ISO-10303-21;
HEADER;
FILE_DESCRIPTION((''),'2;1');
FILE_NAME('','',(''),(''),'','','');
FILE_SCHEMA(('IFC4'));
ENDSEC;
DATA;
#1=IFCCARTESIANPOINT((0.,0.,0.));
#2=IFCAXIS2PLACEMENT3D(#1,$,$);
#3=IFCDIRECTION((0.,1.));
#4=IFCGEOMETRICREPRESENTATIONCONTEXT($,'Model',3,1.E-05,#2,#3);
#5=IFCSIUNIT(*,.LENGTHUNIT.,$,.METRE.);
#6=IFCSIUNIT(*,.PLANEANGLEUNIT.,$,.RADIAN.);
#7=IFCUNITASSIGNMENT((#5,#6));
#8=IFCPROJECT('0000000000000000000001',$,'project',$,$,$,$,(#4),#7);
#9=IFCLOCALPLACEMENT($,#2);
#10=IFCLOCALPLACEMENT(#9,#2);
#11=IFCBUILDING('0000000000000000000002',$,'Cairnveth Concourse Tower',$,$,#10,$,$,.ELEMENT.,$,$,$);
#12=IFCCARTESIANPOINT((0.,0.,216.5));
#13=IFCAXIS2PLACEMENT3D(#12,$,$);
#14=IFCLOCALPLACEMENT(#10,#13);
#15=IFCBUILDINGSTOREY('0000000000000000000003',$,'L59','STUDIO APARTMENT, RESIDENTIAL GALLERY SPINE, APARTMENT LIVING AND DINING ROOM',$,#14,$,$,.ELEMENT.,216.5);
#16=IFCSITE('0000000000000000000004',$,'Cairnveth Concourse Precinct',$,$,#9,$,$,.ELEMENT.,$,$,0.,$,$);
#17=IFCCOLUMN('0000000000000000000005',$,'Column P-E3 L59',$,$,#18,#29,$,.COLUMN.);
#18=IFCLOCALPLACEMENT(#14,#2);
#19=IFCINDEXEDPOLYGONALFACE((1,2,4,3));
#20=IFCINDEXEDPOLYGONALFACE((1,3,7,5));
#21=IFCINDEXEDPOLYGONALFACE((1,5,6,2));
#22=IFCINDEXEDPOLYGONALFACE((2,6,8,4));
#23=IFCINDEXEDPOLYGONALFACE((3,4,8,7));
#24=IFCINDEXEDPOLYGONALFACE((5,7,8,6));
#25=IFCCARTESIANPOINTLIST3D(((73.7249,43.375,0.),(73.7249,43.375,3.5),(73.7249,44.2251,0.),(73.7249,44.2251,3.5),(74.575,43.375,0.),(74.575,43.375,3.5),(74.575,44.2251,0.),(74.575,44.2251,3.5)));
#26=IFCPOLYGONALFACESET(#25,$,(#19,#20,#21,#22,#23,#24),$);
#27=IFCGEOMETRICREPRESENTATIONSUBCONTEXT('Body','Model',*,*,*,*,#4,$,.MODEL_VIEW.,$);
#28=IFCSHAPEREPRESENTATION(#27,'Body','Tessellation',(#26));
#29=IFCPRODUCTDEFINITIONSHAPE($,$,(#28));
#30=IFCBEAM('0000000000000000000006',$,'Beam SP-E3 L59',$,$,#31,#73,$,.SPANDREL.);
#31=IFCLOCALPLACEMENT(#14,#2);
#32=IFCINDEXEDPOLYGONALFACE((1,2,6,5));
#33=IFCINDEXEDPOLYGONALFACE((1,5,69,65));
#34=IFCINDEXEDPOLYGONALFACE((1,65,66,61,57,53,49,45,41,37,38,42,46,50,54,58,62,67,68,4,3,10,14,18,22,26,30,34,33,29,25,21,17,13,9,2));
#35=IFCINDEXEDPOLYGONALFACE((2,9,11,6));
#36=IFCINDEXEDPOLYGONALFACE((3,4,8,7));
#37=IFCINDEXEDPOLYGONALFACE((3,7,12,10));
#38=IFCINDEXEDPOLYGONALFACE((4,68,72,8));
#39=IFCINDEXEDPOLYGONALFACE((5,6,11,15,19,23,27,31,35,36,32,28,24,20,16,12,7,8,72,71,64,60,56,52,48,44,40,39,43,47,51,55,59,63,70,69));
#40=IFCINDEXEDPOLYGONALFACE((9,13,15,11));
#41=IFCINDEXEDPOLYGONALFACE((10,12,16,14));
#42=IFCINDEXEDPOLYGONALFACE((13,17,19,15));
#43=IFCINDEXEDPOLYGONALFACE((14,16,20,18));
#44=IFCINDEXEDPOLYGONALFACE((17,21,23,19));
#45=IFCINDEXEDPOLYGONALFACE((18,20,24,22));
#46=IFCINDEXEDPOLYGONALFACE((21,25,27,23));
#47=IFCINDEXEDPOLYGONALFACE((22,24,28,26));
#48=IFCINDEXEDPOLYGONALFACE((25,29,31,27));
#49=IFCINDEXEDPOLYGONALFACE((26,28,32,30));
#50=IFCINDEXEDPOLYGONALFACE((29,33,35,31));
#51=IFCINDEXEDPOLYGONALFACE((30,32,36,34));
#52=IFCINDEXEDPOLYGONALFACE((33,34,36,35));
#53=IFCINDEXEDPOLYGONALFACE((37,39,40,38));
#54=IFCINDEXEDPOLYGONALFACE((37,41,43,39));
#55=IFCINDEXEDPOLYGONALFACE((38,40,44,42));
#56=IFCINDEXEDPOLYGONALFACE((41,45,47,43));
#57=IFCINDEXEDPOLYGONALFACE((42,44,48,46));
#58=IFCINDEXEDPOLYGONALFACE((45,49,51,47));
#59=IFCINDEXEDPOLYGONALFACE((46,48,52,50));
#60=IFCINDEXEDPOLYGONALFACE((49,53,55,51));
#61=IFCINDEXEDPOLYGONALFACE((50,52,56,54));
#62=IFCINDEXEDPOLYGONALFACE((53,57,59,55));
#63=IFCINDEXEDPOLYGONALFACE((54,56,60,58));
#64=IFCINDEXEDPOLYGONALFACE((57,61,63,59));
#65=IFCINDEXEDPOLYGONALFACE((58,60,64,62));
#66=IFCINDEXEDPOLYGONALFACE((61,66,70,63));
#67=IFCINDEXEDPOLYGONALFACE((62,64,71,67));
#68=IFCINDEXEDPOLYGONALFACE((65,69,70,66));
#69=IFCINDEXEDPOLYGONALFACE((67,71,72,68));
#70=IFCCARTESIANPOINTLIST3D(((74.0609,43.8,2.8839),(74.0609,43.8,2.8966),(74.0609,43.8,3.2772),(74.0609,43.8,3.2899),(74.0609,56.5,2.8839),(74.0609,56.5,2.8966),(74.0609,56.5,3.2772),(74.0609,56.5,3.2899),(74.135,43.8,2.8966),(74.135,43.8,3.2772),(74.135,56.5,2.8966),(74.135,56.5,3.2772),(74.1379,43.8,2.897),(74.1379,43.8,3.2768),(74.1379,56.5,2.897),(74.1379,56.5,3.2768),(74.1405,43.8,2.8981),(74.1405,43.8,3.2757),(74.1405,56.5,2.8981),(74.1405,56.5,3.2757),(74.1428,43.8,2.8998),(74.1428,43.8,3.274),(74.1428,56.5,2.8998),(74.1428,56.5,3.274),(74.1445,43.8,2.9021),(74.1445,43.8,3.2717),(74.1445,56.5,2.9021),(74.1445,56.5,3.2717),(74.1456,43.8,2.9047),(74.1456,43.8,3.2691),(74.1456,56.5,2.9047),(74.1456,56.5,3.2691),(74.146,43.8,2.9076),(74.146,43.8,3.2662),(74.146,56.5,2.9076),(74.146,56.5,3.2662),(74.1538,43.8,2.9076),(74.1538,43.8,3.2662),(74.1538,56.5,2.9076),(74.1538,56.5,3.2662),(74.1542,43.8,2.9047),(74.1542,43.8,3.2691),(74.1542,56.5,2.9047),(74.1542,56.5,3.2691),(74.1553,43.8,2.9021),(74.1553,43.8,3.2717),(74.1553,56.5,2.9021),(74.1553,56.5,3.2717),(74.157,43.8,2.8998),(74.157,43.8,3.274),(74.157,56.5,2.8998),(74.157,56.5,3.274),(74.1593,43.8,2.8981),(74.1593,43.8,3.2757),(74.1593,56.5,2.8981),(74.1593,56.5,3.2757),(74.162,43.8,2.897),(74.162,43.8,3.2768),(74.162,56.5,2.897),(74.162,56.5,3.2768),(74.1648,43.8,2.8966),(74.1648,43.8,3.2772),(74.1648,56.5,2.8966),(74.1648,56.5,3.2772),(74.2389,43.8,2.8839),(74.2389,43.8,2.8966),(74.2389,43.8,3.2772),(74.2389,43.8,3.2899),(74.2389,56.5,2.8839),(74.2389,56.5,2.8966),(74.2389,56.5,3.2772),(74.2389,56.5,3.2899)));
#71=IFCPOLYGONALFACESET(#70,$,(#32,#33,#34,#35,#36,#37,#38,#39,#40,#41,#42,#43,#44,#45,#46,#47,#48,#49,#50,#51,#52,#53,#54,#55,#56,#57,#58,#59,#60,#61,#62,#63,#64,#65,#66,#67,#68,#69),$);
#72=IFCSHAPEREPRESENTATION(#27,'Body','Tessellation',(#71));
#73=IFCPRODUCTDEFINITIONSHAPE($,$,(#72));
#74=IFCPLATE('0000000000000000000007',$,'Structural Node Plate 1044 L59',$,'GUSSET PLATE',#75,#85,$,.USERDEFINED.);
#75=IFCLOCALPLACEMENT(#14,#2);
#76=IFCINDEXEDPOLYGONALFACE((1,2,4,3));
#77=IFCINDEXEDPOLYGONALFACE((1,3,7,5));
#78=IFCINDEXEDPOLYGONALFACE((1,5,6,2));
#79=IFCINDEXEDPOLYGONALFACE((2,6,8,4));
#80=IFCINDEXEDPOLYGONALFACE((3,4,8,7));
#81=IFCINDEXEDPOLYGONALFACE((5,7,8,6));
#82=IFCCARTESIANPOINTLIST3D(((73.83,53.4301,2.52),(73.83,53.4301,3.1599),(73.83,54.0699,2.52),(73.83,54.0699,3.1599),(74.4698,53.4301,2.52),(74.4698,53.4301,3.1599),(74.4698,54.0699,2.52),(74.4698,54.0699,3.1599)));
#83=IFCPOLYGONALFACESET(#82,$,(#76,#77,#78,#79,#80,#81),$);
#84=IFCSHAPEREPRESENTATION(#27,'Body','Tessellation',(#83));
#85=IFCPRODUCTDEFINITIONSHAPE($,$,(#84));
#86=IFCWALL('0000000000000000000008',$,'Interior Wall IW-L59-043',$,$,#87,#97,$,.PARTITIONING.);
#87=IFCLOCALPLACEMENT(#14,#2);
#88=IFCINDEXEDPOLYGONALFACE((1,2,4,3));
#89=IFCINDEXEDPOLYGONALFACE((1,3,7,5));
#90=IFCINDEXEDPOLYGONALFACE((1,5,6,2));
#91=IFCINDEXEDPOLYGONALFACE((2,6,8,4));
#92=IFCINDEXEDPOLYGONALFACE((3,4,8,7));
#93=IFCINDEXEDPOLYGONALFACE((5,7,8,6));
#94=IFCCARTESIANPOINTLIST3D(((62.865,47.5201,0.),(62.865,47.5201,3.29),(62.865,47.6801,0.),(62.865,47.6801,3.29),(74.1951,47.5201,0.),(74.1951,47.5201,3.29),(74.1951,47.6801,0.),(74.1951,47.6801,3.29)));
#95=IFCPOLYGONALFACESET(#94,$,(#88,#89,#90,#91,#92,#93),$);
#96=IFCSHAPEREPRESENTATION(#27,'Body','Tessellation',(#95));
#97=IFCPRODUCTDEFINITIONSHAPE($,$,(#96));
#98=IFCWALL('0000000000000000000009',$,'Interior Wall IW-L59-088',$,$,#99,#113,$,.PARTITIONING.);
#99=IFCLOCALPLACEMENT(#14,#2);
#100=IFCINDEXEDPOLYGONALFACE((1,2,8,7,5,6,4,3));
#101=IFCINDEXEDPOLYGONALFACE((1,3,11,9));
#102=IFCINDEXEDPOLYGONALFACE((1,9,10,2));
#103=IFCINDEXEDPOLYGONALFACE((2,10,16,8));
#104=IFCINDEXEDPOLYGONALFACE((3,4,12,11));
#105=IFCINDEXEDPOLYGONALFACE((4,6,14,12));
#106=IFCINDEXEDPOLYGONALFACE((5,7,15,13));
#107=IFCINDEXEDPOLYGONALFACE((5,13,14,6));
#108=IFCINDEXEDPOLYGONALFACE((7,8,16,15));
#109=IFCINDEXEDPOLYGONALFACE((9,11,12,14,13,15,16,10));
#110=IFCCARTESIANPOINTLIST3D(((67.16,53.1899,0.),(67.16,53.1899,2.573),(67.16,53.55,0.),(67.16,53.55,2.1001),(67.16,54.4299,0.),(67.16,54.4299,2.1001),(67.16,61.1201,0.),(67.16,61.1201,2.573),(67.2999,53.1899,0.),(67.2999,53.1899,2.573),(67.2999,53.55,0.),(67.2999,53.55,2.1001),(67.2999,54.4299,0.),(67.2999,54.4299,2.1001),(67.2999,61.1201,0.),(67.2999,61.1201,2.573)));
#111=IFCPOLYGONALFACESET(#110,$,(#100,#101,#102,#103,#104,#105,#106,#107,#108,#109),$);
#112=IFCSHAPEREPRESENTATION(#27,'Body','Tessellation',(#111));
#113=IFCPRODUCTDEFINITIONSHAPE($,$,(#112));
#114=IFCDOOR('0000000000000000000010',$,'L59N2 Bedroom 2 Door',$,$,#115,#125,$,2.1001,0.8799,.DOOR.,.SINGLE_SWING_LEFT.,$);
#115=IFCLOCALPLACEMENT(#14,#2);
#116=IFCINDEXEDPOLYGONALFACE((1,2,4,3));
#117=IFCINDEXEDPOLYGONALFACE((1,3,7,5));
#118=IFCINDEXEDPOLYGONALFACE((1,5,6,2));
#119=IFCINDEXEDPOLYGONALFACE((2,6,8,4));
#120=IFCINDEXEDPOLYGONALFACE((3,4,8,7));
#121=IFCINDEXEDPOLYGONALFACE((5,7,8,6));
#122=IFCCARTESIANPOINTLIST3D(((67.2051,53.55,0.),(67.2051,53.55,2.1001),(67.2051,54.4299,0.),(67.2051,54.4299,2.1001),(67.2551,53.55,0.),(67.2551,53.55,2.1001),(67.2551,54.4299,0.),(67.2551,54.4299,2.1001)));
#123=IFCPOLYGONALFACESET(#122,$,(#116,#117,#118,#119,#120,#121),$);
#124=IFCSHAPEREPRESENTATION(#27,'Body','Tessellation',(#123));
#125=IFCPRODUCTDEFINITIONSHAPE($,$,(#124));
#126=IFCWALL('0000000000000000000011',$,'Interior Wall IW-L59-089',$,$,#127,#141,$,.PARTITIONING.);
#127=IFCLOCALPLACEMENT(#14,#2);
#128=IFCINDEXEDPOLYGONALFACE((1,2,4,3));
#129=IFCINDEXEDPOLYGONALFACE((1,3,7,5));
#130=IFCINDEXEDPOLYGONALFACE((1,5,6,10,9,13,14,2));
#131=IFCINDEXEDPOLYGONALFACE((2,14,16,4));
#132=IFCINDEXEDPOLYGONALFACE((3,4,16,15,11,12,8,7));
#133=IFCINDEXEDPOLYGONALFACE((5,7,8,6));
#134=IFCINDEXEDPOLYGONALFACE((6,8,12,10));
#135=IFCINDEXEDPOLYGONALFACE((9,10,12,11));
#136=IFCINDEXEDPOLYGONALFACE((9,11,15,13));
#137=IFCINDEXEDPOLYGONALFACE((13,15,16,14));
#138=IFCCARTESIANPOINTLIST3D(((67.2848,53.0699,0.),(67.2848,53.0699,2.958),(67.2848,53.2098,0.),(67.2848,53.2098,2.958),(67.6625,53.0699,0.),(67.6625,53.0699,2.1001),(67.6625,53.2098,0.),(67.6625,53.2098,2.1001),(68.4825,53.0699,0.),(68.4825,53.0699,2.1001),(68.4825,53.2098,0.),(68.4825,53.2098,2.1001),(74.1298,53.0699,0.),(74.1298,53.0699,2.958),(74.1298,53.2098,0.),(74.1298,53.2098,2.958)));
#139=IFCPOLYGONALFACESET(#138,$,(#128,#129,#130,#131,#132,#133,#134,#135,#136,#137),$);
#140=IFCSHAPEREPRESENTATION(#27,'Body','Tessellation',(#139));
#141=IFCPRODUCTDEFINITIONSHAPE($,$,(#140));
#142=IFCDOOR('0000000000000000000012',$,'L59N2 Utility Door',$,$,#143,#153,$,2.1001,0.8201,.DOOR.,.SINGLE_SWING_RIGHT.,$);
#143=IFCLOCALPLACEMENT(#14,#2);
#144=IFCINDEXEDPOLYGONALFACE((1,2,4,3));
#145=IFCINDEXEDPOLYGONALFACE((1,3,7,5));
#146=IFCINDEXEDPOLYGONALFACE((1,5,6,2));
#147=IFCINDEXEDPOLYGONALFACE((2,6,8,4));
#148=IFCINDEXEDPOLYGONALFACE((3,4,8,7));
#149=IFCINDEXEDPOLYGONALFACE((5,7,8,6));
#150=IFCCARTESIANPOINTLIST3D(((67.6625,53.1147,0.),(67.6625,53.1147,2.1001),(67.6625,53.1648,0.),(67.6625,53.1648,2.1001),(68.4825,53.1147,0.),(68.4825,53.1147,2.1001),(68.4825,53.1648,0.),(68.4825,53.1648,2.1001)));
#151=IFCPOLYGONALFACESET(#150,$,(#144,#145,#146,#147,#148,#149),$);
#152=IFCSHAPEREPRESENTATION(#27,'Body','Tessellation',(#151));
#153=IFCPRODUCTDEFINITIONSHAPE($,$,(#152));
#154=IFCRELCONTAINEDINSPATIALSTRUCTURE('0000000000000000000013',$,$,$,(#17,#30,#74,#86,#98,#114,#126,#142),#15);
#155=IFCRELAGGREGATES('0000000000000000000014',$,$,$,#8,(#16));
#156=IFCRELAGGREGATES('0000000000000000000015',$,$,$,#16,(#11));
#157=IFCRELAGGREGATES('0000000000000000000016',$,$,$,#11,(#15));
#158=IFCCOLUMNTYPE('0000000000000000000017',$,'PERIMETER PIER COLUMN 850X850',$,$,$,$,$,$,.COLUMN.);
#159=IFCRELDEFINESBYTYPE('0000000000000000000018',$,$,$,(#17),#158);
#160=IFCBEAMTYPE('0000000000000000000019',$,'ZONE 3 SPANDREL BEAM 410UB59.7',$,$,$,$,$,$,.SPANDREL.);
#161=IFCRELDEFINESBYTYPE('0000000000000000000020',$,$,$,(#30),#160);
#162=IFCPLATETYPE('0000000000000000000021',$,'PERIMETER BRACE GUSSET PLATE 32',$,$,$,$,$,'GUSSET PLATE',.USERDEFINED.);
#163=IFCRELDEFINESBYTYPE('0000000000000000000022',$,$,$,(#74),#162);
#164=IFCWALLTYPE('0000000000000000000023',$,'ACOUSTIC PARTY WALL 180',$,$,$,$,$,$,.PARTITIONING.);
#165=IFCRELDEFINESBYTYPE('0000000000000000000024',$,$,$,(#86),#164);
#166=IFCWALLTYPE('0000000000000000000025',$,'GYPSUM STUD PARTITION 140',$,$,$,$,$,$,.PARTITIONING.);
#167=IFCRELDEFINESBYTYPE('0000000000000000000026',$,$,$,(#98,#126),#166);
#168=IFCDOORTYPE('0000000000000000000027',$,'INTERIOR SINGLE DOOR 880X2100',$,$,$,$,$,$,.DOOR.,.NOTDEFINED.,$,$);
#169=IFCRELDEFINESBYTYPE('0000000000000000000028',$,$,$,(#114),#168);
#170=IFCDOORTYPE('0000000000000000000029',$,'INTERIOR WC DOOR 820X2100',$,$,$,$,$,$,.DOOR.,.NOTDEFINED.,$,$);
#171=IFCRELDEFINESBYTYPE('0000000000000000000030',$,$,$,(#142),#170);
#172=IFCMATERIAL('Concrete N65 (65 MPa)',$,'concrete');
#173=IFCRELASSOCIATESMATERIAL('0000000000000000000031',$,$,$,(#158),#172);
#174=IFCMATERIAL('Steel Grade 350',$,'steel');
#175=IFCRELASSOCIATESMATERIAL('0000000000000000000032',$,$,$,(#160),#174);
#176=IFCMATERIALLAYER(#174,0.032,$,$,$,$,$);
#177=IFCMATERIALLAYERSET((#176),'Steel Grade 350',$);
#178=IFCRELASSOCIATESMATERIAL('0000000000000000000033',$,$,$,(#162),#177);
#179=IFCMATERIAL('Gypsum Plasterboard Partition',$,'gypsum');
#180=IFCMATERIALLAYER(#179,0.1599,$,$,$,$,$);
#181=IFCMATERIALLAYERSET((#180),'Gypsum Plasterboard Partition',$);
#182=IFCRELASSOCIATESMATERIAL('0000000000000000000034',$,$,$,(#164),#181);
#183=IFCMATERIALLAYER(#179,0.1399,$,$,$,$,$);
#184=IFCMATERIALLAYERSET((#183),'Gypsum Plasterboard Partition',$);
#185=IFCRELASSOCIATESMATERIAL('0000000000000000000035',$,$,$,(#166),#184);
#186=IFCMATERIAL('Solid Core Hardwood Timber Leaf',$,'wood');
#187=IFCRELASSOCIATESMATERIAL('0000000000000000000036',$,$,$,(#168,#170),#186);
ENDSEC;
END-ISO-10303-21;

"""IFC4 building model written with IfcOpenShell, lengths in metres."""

from ifc_helpers import new_model, si_unit, direction, frame, frame_2d, origin, origin_2d, place, context, subcontext, project, spatial, rectangle, i_section, extrude, material, layer, layer_set, material_profile, profile_set, type_object, element, fill, save


model = new_model("IFC4")

# Units and contexts
model_context = context("Model", 3, precision=1e-05, world=origin(), true_north=direction((0.0, 1.0)))
body_context = subcontext(model_context, "Body", "Model", "MODEL_VIEW")
ifc_project = project(units=[si_unit("LENGTHUNIT", "METRE"), si_unit("PLANEANGLEUNIT", "RADIAN")], contexts=[model_context])

# Site, building, storey
site_placement = place(None, origin())
site = spatial("IfcSite", under=ifc_project, at=site_placement, Name="Cairnveth Concourse Precinct", CompositionType="ELEMENT", RefElevation=0.0)
building_placement = place(site_placement, origin())
building = spatial("IfcBuilding", under=site, at=building_placement, Name="Cairnveth Concourse Tower", CompositionType="ELEMENT")
storey_placement = place(building_placement, frame((0.0, 0.0, 216.5)))
storey = spatial("IfcBuildingStorey", under=building, at=storey_placement, Name="L59", Description="STUDIO APARTMENT, RESIDENTIAL GALLERY SPINE, APARTMENT LIVING AND DINING ROOM", CompositionType="ELEMENT", Elevation=216.5)

# Column
ifc_material_1 = material(Name="Concrete N65 (65 MPa)", Category="concrete")
ifc_material_profile_1 = material_profile(ifc_material_1, rectangle(XDim=0.8501, YDim=0.8501, at=origin_2d()), Name="RC-COL-850x850")
ifc_profile_set_1 = profile_set([ifc_material_profile_1], Name="Concrete N65 (65 MPa)")
column_type = type_object("IfcColumnType", Name="PERIMETER PIER COLUMN 850X850", PredefinedType="COLUMN", material=ifc_profile_set_1)
column_placement = place(storey_placement, frame((74.1499, 43.8, 0.0), z_axis=(0.0, 0.0, 1.0), x_axis=(0.0, 1.0, 0.0)))
element("IfcColumn", 1, at=column_placement, inside=storey, type_object=column_type, Name="Column P-E3 L59", PredefinedType="COLUMN", context=body_context, shape_type="SweptSolid", body=[
    extrude(rectangle(XDim=0.8501, YDim=0.8501, at=origin_2d()), origin(), (0.0, 0.0, 1.0), 3.5),
])

# Beam
ifc_material_2 = material(Name="Steel Grade 350", Category="steel")
ifc_material_profile_2 = material_profile(ifc_material_2, i_section(OverallWidth=0.178, OverallDepth=0.406, WebThickness=0.0078, FlangeThickness=0.0127, FilletRadius=0.011, at=origin_2d()), Name="410UB59.7")
ifc_profile_set_2 = profile_set([ifc_material_profile_2], Name="Steel Grade 350")
beam_type = type_object("IfcBeamType", Name="ZONE 3 SPANDREL BEAM 410UB59.7", PredefinedType="SPANDREL", material=ifc_profile_set_2)
beam_placement = place(storey_placement, frame((74.1499, 43.8, 3.0869), z_axis=(0.0, 1.0, 0.0), x_axis=(-1.0, 0.0, 0.0)))
element("IfcBeam", 2, at=beam_placement, inside=storey, type_object=beam_type, Name="Beam SP-E3 L59", PredefinedType="SPANDREL", context=body_context, shape_type="SweptSolid", body=[
    extrude(i_section(OverallWidth=0.178, OverallDepth=0.406, WebThickness=0.0078, FlangeThickness=0.0127, FilletRadius=0.011, at=origin_2d()), origin(), (0.0, 0.0, 1.0), 12.7),
])

# Plate
ifc_layer_1 = layer(ifc_material_2, 0.032)
ifc_layer_set_1 = layer_set([ifc_layer_1], Name="Steel Grade 350")
plate_type = type_object("IfcPlateType", Name="PERIMETER BRACE GUSSET PLATE 32", ElementType="GUSSET PLATE", PredefinedType="USERDEFINED", material=ifc_layer_set_1)
plate_placement = place(storey_placement, frame((74.1499, 53.75, 2.52), z_axis=(0.0, 0.0, 1.0), x_axis=(1.0, 0.0, 0.0)))
element("IfcPlate", 3, at=plate_placement, inside=storey, type_object=plate_type, Name="Structural Node Plate 1044 L59", ObjectType="GUSSET PLATE", PredefinedType="USERDEFINED", context=body_context, shape_type="SweptSolid", body=[
    extrude(rectangle(XDim=0.6399, YDim=0.6399, at=origin_2d()), origin(), (0.0, 0.0, 1.0), 0.6399),
])

# Wall
ifc_material_3 = material(Name="Gypsum Plasterboard Partition", Category="gypsum")
ifc_layer_2 = layer(ifc_material_3, 0.1599)
ifc_layer_set_2 = layer_set([ifc_layer_2], Name="Gypsum Plasterboard Partition")
wall_type_1 = type_object("IfcWallType", Name="ACOUSTIC PARTY WALL 180", PredefinedType="PARTITIONING", material=ifc_layer_set_2)
wall_1_placement = place(storey_placement, frame((62.865, 47.6001, 0.0), z_axis=(0.0, 0.0, 1.0), x_axis=(1.0, 0.0, 0.0)))
element("IfcWall", 4, at=wall_1_placement, inside=storey, type_object=wall_type_1, Name="Interior Wall IW-L59-043", PredefinedType="PARTITIONING", context=body_context, shape_type="SweptSolid", body=[
    extrude(rectangle(XDim=11.3301, YDim=0.1599, at=frame_2d((5.665, 0.0))), origin(), (0.0, 0.0, 1.0), 3.29),
])

# Walls, openings, doors
ifc_layer_3 = layer(ifc_material_3, 0.1399)
ifc_layer_set_3 = layer_set([ifc_layer_3], Name="Gypsum Plasterboard Partition")
wall_type_2 = type_object("IfcWallType", Name="GYPSUM STUD PARTITION 140", PredefinedType="PARTITIONING", material=ifc_layer_set_3)
wall_2_placement = place(storey_placement, frame((67.23, 53.1899, 0.0), z_axis=(0.0, 0.0, 1.0), x_axis=(0.0, 1.0, 0.0)))
wall_2 = element("IfcWall", 5, at=wall_2_placement, inside=storey, type_object=wall_type_2, Name="Interior Wall IW-L59-088", PredefinedType="PARTITIONING", context=body_context, shape_type="SweptSolid", body=[
    extrude(rectangle(XDim=7.9302, YDim=0.1399, at=frame_2d((3.9651, 0.0))), origin(), (0.0, 0.0, 1.0), 2.573),
])
opening_1_placement = place(wall_2_placement, frame((0.3601, 0.0, 0.0)))
opening_1 = element("IfcOpeningElement", 6, at=opening_1_placement, cuts=wall_2, PredefinedType="OPENING", context=body_context, shape_type="SweptSolid", body=[
    extrude(rectangle(XDim=0.8799, YDim=2.1001, at=frame_2d((0.4399, 1.05))), frame((0.0, 0.0798, 0.0), z_axis=(0.0, -1.0, 0.0), x_axis=(1.0, 0.0, 0.0)), (0.0, 0.0, 1.0), 0.1599),
])
ifc_material_4 = material(Name="Solid Core Hardwood Timber Leaf", Category="wood")
door_type_1 = type_object("IfcDoorType", Name="INTERIOR SINGLE DOOR 880X2100", OperationType="NOTDEFINED", PredefinedType="DOOR", material=ifc_material_4)
door_1_placement = place(opening_1_placement, origin())
door_1 = element("IfcDoor", 7, at=door_1_placement, inside=storey, type_object=door_type_1, Name="L59N2 Bedroom 2 Door", OperationType="SINGLE_SWING_LEFT", OverallHeight=2.1001, OverallWidth=0.8799, PredefinedType="DOOR", context=body_context, shape_type="SweptSolid", body=[
    extrude(rectangle(XDim=0.8799, YDim=2.1001, at=frame_2d((0.4399, 1.05))), frame((0.0, 0.0249, 0.0), z_axis=(0.0, -1.0, 0.0), x_axis=(1.0, 0.0, 0.0)), (0.0, 0.0, 1.0), 0.05),
])
fill(opening_1, door_1)
wall_3_placement = place(storey_placement, frame((67.2849, 53.1399, 0.0), z_axis=(0.0, 0.0, 1.0), x_axis=(1.0, 0.0, 0.0)))
wall_3 = element("IfcWall", 8, at=wall_3_placement, inside=storey, type_object=wall_type_2, Name="Interior Wall IW-L59-089", PredefinedType="PARTITIONING", context=body_context, shape_type="SweptSolid", body=[
    extrude(rectangle(XDim=6.845, YDim=0.1399, at=frame_2d((3.4224, 0.0))), origin(), (0.0, 0.0, 1.0), 2.958),
])
opening_2_placement = place(wall_3_placement, frame((0.3774, 0.0, 0.0)))
opening_2 = element("IfcOpeningElement", 9, at=opening_2_placement, cuts=wall_3, PredefinedType="OPENING", context=body_context, shape_type="SweptSolid", body=[
    extrude(rectangle(XDim=0.8201, YDim=2.1001, at=frame_2d((0.4102, 1.05))), frame((0.0, 0.0798, 0.0), z_axis=(0.0, -1.0, 0.0), x_axis=(1.0, 0.0, 0.0)), (0.0, 0.0, 1.0), 0.1599),
])
door_type_2 = type_object("IfcDoorType", Name="INTERIOR WC DOOR 820X2100", OperationType="NOTDEFINED", PredefinedType="DOOR", material=ifc_material_4)
door_2_placement = place(opening_2_placement, origin())
door_2 = element("IfcDoor", 10, at=door_2_placement, inside=storey, type_object=door_type_2, Name="L59N2 Utility Door", OperationType="SINGLE_SWING_RIGHT", OverallHeight=2.1001, OverallWidth=0.8201, PredefinedType="DOOR", context=body_context, shape_type="SweptSolid", body=[
    extrude(rectangle(XDim=0.8201, YDim=2.1001, at=frame_2d((0.4102, 1.05))), frame((0.0, 0.0249, 0.0), z_axis=(0.0, -1.0, 0.0), x_axis=(1.0, 0.0, 0.0)), (0.0, 0.0, 1.0), 0.05),
])
fill(opening_2, door_2)

save(model, "model.ifc")
